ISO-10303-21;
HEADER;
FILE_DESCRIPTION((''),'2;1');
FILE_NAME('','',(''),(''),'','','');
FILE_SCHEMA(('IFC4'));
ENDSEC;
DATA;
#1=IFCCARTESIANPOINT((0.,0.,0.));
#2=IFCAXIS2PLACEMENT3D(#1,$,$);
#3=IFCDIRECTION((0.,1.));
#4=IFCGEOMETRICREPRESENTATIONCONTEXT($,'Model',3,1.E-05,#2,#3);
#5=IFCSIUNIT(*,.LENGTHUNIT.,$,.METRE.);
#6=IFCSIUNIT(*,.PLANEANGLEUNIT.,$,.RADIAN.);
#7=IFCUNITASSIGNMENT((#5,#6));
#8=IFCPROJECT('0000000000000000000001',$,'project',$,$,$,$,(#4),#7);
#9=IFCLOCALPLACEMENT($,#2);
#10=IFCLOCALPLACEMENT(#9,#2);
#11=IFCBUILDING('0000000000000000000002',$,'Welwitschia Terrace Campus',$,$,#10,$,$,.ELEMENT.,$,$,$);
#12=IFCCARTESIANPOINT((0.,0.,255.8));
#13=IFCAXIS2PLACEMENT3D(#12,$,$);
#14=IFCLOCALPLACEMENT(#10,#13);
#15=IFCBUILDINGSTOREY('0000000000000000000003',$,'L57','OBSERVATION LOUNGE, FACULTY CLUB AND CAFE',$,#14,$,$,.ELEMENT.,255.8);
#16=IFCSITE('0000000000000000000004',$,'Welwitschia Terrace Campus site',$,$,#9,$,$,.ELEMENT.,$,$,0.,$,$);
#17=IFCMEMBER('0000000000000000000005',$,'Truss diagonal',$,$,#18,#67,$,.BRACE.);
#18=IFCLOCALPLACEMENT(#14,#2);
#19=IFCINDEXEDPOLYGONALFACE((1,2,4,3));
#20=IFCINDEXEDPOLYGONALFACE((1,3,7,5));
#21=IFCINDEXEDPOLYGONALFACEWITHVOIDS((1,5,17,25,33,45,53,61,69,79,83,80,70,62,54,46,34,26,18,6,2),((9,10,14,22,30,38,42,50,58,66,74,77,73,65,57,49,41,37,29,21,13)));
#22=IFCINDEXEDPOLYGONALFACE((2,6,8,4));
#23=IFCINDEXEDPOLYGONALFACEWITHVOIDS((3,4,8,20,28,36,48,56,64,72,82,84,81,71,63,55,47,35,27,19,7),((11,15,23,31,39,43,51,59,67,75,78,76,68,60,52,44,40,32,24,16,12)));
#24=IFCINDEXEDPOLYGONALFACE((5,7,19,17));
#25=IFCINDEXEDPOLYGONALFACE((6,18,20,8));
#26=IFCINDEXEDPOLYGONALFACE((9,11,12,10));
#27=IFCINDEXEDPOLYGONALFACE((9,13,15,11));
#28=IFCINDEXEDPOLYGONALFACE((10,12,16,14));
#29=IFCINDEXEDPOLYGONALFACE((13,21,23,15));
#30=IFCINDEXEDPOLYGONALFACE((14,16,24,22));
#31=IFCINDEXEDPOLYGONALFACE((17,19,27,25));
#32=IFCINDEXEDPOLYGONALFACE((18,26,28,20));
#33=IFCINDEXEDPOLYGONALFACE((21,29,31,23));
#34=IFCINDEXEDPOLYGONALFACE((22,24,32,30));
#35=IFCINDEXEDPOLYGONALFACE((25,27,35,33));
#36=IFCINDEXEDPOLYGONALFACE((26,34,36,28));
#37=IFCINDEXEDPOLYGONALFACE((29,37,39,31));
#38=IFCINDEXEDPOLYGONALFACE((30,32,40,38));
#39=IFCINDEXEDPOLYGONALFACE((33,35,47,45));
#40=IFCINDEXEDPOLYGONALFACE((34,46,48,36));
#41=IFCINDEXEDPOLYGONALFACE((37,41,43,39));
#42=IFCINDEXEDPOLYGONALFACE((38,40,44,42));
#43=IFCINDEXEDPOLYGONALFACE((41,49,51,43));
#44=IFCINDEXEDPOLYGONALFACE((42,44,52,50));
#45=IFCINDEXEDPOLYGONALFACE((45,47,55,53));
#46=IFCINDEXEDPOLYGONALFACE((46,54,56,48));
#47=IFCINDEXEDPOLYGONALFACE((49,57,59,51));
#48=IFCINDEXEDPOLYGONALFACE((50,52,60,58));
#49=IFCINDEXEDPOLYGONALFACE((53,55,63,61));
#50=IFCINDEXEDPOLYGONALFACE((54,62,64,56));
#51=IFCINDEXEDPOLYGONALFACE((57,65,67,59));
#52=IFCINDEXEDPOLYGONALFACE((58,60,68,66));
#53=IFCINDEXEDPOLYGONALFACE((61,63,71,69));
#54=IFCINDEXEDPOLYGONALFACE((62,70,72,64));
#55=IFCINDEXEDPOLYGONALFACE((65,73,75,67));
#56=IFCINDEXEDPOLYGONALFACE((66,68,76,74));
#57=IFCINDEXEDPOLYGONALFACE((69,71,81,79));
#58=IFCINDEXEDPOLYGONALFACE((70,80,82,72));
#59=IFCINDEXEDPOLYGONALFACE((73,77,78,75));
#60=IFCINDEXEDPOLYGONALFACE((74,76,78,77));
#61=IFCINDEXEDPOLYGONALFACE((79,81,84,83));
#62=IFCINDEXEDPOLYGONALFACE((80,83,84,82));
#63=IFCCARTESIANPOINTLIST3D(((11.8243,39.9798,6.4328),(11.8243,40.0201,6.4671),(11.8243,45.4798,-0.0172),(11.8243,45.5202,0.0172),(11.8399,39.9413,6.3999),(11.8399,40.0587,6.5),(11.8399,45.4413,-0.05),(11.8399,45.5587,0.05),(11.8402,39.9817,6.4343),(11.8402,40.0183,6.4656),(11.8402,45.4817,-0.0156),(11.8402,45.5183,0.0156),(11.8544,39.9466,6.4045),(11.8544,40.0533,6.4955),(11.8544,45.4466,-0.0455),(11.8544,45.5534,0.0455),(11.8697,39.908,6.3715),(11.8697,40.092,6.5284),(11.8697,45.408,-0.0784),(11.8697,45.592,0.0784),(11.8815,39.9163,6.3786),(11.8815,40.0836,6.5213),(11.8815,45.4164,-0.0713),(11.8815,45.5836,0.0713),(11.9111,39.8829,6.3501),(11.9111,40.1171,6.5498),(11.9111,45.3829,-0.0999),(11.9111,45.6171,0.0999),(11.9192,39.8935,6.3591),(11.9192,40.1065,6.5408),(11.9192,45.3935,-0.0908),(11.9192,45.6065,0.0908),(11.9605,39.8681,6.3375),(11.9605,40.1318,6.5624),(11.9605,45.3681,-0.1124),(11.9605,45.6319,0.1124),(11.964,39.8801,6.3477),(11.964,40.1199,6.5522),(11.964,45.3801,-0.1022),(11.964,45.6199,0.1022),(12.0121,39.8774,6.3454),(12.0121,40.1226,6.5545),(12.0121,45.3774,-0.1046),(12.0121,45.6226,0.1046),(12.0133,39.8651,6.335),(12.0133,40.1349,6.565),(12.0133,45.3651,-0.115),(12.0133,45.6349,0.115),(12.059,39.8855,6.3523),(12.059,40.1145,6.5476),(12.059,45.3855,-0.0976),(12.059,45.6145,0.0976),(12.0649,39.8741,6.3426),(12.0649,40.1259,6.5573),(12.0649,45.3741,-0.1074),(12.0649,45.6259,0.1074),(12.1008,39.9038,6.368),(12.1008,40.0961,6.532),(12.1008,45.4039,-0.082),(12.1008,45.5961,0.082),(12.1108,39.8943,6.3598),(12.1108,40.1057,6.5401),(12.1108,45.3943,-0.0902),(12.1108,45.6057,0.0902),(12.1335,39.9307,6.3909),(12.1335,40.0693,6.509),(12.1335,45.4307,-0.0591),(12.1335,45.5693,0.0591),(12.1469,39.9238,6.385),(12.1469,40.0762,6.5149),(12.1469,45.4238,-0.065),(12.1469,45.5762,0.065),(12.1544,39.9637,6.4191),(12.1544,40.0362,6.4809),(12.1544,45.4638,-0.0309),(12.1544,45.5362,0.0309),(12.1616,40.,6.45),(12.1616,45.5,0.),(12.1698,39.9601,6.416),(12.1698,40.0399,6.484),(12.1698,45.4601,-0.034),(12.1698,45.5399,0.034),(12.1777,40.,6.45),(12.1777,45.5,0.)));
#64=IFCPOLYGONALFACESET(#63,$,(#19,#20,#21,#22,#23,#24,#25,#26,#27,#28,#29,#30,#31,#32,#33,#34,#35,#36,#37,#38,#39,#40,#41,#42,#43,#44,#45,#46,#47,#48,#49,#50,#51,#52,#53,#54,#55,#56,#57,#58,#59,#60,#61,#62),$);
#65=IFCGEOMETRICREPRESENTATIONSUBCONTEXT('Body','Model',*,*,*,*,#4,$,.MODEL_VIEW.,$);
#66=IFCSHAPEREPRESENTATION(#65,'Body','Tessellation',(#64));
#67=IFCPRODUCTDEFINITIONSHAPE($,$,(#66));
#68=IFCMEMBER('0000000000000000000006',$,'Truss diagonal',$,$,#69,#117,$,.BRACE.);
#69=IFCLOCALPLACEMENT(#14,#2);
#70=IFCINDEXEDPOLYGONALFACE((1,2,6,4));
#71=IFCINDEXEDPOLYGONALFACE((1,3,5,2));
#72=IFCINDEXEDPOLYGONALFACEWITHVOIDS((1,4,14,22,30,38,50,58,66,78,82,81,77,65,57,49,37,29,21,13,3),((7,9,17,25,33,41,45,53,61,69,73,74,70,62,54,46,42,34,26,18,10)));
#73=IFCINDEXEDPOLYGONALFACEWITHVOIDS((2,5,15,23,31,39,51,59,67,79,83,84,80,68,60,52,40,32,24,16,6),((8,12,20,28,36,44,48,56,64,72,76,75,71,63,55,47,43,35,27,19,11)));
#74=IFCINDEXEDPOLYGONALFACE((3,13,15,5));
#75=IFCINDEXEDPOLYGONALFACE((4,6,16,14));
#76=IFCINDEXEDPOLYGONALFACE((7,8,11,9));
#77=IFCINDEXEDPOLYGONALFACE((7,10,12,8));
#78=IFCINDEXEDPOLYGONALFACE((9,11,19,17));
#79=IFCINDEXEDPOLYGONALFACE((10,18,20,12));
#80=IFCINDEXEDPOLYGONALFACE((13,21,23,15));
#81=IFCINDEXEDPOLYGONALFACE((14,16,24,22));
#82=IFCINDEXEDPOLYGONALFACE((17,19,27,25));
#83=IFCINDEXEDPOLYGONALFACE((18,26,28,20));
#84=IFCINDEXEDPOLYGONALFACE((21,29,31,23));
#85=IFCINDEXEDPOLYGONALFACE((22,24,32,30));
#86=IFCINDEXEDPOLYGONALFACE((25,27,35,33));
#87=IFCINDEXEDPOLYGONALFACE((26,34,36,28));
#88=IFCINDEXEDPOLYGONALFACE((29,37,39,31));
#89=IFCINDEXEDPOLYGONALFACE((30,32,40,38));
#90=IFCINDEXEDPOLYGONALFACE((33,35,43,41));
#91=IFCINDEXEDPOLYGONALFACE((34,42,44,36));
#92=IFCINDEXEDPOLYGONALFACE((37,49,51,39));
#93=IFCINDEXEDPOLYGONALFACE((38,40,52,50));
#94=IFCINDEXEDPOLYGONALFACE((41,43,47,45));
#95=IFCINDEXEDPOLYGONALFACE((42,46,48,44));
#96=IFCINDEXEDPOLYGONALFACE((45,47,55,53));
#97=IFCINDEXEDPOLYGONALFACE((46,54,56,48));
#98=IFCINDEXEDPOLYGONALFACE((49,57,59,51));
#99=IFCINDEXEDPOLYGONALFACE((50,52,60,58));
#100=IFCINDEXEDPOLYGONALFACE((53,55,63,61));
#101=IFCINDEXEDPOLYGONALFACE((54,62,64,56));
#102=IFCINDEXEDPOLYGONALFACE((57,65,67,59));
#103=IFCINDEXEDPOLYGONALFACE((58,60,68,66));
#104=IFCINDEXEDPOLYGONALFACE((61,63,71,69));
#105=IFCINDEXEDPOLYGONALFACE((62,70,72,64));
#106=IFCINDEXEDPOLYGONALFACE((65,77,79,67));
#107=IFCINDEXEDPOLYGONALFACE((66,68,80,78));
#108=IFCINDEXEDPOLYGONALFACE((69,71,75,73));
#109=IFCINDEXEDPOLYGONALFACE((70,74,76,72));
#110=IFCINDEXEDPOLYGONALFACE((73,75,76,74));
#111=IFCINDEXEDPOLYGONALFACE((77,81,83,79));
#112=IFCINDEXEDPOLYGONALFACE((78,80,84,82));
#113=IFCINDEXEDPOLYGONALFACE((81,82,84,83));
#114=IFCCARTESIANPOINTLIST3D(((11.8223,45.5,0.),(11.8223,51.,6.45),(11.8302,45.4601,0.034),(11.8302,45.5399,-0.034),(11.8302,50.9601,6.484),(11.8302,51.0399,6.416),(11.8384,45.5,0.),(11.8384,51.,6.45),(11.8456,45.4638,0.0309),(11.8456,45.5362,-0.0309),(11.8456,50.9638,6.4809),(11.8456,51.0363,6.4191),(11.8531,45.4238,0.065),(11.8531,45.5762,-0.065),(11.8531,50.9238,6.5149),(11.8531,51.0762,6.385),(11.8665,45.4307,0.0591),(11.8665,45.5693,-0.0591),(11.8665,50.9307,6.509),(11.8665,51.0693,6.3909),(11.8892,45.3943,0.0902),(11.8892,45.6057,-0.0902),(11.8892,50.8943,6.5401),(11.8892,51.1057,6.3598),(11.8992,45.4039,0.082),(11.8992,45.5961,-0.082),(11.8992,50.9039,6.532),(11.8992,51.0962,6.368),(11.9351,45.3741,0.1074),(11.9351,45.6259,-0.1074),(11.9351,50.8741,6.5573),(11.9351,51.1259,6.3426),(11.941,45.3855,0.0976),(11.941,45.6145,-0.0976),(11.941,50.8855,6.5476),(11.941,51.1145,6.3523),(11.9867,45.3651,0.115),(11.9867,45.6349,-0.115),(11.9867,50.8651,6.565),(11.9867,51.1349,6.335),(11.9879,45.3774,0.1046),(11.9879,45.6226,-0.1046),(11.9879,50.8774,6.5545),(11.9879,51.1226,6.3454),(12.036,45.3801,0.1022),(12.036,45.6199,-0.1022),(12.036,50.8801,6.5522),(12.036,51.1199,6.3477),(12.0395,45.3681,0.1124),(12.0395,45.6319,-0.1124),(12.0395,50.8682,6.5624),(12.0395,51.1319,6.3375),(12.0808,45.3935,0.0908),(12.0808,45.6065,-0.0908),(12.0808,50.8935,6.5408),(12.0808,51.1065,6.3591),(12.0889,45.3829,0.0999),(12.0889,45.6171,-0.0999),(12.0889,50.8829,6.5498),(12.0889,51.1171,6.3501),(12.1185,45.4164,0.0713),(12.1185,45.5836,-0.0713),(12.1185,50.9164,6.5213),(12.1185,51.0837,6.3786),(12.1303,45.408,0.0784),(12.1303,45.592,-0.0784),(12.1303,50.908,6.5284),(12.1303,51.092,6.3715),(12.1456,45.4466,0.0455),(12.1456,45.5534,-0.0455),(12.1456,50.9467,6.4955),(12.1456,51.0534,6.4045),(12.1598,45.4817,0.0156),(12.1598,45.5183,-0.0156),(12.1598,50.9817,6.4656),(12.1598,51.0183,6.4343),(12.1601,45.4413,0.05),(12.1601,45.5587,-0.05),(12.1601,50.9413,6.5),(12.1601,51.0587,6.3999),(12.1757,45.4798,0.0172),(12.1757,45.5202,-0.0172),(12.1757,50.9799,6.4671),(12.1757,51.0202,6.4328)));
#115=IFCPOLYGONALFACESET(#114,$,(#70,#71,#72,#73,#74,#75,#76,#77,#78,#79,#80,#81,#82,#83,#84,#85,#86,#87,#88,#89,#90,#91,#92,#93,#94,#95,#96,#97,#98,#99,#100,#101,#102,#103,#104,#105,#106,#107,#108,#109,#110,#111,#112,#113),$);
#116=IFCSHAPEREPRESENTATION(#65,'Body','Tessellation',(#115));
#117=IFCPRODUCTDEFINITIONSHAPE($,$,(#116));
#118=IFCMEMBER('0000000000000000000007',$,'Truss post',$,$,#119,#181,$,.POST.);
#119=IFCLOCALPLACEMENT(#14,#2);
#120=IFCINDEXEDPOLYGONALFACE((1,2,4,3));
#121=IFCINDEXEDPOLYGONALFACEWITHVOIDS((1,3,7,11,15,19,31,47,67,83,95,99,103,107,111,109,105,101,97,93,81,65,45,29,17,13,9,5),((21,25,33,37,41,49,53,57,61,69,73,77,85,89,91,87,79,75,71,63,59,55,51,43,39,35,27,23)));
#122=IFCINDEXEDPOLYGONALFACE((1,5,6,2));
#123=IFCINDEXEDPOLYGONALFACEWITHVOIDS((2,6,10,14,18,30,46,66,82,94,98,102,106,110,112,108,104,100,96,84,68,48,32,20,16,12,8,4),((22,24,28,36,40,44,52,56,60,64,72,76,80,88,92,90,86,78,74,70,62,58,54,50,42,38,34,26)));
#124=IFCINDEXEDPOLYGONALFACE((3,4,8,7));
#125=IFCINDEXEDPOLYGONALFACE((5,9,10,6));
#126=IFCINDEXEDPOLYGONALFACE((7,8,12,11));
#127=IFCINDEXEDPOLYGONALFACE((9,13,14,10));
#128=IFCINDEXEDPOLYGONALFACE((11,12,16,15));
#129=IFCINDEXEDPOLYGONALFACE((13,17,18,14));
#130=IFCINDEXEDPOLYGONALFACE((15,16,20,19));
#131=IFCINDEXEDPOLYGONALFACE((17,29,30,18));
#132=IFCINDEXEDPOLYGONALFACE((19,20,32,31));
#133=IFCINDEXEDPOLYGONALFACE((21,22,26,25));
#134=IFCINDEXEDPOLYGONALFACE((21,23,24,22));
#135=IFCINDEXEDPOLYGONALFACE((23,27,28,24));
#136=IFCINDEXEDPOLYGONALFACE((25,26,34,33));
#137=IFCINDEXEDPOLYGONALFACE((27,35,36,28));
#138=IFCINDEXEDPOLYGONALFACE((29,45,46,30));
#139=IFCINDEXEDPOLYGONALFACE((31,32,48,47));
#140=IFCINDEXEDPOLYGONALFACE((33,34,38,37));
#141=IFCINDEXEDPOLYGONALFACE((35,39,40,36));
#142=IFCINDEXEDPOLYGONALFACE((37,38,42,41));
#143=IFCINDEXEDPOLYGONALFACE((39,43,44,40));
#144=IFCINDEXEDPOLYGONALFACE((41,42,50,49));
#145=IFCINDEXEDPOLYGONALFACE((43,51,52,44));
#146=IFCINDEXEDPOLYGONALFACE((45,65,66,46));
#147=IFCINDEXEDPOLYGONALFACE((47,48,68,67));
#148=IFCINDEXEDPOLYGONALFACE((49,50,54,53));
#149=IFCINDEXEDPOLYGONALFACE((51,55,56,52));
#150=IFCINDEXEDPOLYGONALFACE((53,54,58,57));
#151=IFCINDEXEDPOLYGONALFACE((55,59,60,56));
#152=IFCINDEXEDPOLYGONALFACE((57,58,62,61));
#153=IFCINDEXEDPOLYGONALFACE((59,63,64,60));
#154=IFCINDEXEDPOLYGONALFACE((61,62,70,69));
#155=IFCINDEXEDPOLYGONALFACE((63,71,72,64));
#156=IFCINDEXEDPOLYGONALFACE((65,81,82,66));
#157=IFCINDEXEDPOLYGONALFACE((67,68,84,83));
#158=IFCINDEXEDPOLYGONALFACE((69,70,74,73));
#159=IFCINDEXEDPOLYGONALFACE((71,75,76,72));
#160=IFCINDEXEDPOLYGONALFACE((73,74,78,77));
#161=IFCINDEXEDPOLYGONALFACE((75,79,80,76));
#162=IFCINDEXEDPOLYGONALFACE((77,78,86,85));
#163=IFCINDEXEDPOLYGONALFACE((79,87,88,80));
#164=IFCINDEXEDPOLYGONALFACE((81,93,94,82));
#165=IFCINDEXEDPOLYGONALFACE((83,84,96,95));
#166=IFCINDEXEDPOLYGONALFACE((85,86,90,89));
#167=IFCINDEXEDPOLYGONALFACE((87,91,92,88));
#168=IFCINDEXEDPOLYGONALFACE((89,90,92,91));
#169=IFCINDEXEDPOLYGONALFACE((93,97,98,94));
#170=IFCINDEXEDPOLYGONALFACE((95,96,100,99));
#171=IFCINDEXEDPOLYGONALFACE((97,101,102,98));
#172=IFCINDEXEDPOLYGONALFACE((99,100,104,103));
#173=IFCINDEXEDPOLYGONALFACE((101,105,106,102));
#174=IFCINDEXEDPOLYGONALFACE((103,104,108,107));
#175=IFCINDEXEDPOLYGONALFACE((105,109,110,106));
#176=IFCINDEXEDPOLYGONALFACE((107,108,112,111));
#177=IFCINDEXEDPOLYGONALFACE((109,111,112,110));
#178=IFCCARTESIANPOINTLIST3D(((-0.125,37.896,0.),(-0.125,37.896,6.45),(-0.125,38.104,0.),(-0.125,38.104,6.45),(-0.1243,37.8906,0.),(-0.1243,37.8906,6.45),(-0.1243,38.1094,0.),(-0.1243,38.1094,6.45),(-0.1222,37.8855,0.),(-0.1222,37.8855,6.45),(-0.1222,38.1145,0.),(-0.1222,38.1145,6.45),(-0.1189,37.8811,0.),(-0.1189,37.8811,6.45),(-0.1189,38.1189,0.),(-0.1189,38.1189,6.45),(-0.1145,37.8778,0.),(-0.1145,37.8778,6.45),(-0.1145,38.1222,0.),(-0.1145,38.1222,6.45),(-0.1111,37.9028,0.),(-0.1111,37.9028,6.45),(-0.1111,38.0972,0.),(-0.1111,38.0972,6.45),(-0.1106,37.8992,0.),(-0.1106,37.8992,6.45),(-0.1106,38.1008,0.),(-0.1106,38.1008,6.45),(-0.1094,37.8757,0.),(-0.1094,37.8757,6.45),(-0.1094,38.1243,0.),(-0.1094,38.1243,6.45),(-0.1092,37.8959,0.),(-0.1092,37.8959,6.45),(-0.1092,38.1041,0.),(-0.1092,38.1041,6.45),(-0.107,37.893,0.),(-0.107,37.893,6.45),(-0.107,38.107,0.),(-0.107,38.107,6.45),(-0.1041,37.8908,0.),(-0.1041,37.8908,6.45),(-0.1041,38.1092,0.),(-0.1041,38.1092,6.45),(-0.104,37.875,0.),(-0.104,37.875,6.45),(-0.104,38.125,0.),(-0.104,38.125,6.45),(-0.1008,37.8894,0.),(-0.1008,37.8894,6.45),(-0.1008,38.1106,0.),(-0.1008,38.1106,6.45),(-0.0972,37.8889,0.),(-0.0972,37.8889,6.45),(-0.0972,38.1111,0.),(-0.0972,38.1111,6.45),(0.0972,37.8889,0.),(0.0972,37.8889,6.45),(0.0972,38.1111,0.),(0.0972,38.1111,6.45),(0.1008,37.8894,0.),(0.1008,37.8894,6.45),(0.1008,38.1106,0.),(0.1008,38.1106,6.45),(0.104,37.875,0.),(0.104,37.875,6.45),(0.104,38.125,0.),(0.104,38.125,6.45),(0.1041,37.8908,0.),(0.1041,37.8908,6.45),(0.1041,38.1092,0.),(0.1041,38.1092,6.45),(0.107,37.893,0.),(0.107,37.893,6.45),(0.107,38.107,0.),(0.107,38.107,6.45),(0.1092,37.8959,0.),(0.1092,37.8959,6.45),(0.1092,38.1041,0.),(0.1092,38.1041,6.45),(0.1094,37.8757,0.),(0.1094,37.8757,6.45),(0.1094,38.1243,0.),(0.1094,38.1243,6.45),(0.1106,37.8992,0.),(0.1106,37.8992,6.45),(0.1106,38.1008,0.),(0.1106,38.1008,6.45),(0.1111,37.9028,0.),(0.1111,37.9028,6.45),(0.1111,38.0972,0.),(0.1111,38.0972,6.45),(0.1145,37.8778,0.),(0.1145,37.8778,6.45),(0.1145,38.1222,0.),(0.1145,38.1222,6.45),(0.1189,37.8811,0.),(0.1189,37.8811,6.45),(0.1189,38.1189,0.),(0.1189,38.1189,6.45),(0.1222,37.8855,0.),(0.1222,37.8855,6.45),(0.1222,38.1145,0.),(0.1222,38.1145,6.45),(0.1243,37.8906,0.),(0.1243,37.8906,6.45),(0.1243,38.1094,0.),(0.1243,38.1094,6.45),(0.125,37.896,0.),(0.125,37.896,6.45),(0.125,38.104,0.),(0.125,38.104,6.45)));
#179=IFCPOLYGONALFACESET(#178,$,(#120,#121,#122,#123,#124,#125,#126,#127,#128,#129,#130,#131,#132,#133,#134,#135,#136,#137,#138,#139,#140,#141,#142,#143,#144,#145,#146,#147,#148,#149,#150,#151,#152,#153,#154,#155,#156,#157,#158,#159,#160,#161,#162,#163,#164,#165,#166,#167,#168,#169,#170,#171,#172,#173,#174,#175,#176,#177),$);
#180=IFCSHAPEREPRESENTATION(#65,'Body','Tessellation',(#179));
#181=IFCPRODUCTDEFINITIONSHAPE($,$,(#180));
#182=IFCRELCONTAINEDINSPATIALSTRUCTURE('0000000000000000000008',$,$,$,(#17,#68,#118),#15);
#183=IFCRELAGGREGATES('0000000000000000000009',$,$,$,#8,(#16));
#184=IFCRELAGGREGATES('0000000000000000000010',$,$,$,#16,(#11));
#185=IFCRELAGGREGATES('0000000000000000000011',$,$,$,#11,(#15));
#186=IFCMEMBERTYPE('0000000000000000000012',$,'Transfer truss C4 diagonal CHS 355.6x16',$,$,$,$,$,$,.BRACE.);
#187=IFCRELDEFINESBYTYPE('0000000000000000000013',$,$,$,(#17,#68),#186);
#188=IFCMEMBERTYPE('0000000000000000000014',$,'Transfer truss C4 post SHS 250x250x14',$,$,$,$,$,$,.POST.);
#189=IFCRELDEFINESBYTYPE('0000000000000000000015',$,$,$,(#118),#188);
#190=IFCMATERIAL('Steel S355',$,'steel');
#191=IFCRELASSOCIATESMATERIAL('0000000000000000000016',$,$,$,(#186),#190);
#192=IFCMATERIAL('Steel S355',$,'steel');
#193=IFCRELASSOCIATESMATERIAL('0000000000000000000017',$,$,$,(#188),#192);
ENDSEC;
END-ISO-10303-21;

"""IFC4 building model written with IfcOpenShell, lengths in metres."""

from ifc_helpers import new_model, si_unit, direction, frame, origin, origin_2d, place, context, subcontext, project, spatial, hollow_rectangle, hollow_circle, extrude, material, material_profile, profile_set, type_object, element, save


model = new_model("IFC4")

# Units and contexts
model_context = context("Model", 3, precision=1e-05, world=origin(), true_north=direction((0.0, 1.0)))
body_context = subcontext(model_context, "Body", "Model", "MODEL_VIEW")
ifc_project = project(units=[si_unit("LENGTHUNIT", "METRE"), si_unit("PLANEANGLEUNIT", "RADIAN")], contexts=[model_context])

# Site, building, storey
site_placement = place(None, origin())
site = spatial("IfcSite", under=ifc_project, at=site_placement, Name="Welwitschia Terrace Campus site", CompositionType="ELEMENT", RefElevation=0.0)
building_placement = place(site_placement, origin())
building = spatial("IfcBuilding", under=site, at=building_placement, Name="Welwitschia Terrace Campus", CompositionType="ELEMENT")
storey_placement = place(building_placement, frame((0.0, 0.0, 255.8)))
storey = spatial("IfcBuildingStorey", under=building, at=storey_placement, Name="L57", Description="OBSERVATION LOUNGE, FACULTY CLUB AND CAFE", CompositionType="ELEMENT", Elevation=255.8)

# Members
ifc_material_1 = material(Name="Steel S355", Category="steel")
ifc_material_profile_1 = material_profile(ifc_material_1, hollow_circle(Radius=0.1777, WallThickness=0.0161, at=origin_2d()))
ifc_profile_set_1 = profile_set([ifc_material_profile_1], Name="Steel S355")
member_type_1 = type_object("IfcMemberType", Name="Transfer truss C4 diagonal CHS 355.6x16", PredefinedType="BRACE", material=ifc_profile_set_1)
for number, where, z_axis, x_axis, name in (
    (1, (12.0, 45.5, 0.0), (0.0, -0.648849, 0.760917), (1.0, 0.0, 0.0), "Truss diagonal"),
    (2, (12.0, 45.5, 0.0), (0.0, 0.648849, 0.760917), (-1.0, 0.0, 0.0), "Truss diagonal"),
):
    element("IfcMember", number, at=place(storey_placement, frame(where, z_axis=z_axis, x_axis=x_axis)), inside=storey, type_object=member_type_1, Name=name, PredefinedType="BRACE", context=body_context, shape_type="SweptSolid", body=[
        extrude(hollow_circle(Radius=0.1777, WallThickness=0.0161, at=origin_2d()), origin(), (0.0, 0.0, 1.0), 8.4766),
    ])
ifc_material_2 = material(Name="Steel S355", Category="steel")
ifc_material_profile_2 = material_profile(ifc_material_2, hollow_rectangle(XDim=0.25, YDim=0.25, WallThickness=0.0139, InnerFilletRadius=0.0139, OuterFilletRadius=0.021, at=origin_2d()))
ifc_profile_set_2 = profile_set([ifc_material_profile_2], Name="Steel S355")
member_type_2 = type_object("IfcMemberType", Name="Transfer truss C4 post SHS 250x250x14", PredefinedType="POST", material=ifc_profile_set_2)
for number, where, z_axis, x_axis, name in (
    (3, (0.0, 38.0, 0.0), (0.0, 0.0, 1.0), (1.0, 0.0, 0.0), "Truss post"),
):
    element("IfcMember", number, at=place(storey_placement, frame(where, z_axis=z_axis, x_axis=x_axis)), inside=storey, type_object=member_type_2, Name=name, PredefinedType="POST", context=body_context, shape_type="SweptSolid", body=[
        extrude(hollow_rectangle(XDim=0.25, YDim=0.25, WallThickness=0.0139, InnerFilletRadius=0.0139, OuterFilletRadius=0.021, at=origin_2d()), origin(), (0.0, 0.0, 1.0), 6.45),
    ])

save(model, "model.ifc")
